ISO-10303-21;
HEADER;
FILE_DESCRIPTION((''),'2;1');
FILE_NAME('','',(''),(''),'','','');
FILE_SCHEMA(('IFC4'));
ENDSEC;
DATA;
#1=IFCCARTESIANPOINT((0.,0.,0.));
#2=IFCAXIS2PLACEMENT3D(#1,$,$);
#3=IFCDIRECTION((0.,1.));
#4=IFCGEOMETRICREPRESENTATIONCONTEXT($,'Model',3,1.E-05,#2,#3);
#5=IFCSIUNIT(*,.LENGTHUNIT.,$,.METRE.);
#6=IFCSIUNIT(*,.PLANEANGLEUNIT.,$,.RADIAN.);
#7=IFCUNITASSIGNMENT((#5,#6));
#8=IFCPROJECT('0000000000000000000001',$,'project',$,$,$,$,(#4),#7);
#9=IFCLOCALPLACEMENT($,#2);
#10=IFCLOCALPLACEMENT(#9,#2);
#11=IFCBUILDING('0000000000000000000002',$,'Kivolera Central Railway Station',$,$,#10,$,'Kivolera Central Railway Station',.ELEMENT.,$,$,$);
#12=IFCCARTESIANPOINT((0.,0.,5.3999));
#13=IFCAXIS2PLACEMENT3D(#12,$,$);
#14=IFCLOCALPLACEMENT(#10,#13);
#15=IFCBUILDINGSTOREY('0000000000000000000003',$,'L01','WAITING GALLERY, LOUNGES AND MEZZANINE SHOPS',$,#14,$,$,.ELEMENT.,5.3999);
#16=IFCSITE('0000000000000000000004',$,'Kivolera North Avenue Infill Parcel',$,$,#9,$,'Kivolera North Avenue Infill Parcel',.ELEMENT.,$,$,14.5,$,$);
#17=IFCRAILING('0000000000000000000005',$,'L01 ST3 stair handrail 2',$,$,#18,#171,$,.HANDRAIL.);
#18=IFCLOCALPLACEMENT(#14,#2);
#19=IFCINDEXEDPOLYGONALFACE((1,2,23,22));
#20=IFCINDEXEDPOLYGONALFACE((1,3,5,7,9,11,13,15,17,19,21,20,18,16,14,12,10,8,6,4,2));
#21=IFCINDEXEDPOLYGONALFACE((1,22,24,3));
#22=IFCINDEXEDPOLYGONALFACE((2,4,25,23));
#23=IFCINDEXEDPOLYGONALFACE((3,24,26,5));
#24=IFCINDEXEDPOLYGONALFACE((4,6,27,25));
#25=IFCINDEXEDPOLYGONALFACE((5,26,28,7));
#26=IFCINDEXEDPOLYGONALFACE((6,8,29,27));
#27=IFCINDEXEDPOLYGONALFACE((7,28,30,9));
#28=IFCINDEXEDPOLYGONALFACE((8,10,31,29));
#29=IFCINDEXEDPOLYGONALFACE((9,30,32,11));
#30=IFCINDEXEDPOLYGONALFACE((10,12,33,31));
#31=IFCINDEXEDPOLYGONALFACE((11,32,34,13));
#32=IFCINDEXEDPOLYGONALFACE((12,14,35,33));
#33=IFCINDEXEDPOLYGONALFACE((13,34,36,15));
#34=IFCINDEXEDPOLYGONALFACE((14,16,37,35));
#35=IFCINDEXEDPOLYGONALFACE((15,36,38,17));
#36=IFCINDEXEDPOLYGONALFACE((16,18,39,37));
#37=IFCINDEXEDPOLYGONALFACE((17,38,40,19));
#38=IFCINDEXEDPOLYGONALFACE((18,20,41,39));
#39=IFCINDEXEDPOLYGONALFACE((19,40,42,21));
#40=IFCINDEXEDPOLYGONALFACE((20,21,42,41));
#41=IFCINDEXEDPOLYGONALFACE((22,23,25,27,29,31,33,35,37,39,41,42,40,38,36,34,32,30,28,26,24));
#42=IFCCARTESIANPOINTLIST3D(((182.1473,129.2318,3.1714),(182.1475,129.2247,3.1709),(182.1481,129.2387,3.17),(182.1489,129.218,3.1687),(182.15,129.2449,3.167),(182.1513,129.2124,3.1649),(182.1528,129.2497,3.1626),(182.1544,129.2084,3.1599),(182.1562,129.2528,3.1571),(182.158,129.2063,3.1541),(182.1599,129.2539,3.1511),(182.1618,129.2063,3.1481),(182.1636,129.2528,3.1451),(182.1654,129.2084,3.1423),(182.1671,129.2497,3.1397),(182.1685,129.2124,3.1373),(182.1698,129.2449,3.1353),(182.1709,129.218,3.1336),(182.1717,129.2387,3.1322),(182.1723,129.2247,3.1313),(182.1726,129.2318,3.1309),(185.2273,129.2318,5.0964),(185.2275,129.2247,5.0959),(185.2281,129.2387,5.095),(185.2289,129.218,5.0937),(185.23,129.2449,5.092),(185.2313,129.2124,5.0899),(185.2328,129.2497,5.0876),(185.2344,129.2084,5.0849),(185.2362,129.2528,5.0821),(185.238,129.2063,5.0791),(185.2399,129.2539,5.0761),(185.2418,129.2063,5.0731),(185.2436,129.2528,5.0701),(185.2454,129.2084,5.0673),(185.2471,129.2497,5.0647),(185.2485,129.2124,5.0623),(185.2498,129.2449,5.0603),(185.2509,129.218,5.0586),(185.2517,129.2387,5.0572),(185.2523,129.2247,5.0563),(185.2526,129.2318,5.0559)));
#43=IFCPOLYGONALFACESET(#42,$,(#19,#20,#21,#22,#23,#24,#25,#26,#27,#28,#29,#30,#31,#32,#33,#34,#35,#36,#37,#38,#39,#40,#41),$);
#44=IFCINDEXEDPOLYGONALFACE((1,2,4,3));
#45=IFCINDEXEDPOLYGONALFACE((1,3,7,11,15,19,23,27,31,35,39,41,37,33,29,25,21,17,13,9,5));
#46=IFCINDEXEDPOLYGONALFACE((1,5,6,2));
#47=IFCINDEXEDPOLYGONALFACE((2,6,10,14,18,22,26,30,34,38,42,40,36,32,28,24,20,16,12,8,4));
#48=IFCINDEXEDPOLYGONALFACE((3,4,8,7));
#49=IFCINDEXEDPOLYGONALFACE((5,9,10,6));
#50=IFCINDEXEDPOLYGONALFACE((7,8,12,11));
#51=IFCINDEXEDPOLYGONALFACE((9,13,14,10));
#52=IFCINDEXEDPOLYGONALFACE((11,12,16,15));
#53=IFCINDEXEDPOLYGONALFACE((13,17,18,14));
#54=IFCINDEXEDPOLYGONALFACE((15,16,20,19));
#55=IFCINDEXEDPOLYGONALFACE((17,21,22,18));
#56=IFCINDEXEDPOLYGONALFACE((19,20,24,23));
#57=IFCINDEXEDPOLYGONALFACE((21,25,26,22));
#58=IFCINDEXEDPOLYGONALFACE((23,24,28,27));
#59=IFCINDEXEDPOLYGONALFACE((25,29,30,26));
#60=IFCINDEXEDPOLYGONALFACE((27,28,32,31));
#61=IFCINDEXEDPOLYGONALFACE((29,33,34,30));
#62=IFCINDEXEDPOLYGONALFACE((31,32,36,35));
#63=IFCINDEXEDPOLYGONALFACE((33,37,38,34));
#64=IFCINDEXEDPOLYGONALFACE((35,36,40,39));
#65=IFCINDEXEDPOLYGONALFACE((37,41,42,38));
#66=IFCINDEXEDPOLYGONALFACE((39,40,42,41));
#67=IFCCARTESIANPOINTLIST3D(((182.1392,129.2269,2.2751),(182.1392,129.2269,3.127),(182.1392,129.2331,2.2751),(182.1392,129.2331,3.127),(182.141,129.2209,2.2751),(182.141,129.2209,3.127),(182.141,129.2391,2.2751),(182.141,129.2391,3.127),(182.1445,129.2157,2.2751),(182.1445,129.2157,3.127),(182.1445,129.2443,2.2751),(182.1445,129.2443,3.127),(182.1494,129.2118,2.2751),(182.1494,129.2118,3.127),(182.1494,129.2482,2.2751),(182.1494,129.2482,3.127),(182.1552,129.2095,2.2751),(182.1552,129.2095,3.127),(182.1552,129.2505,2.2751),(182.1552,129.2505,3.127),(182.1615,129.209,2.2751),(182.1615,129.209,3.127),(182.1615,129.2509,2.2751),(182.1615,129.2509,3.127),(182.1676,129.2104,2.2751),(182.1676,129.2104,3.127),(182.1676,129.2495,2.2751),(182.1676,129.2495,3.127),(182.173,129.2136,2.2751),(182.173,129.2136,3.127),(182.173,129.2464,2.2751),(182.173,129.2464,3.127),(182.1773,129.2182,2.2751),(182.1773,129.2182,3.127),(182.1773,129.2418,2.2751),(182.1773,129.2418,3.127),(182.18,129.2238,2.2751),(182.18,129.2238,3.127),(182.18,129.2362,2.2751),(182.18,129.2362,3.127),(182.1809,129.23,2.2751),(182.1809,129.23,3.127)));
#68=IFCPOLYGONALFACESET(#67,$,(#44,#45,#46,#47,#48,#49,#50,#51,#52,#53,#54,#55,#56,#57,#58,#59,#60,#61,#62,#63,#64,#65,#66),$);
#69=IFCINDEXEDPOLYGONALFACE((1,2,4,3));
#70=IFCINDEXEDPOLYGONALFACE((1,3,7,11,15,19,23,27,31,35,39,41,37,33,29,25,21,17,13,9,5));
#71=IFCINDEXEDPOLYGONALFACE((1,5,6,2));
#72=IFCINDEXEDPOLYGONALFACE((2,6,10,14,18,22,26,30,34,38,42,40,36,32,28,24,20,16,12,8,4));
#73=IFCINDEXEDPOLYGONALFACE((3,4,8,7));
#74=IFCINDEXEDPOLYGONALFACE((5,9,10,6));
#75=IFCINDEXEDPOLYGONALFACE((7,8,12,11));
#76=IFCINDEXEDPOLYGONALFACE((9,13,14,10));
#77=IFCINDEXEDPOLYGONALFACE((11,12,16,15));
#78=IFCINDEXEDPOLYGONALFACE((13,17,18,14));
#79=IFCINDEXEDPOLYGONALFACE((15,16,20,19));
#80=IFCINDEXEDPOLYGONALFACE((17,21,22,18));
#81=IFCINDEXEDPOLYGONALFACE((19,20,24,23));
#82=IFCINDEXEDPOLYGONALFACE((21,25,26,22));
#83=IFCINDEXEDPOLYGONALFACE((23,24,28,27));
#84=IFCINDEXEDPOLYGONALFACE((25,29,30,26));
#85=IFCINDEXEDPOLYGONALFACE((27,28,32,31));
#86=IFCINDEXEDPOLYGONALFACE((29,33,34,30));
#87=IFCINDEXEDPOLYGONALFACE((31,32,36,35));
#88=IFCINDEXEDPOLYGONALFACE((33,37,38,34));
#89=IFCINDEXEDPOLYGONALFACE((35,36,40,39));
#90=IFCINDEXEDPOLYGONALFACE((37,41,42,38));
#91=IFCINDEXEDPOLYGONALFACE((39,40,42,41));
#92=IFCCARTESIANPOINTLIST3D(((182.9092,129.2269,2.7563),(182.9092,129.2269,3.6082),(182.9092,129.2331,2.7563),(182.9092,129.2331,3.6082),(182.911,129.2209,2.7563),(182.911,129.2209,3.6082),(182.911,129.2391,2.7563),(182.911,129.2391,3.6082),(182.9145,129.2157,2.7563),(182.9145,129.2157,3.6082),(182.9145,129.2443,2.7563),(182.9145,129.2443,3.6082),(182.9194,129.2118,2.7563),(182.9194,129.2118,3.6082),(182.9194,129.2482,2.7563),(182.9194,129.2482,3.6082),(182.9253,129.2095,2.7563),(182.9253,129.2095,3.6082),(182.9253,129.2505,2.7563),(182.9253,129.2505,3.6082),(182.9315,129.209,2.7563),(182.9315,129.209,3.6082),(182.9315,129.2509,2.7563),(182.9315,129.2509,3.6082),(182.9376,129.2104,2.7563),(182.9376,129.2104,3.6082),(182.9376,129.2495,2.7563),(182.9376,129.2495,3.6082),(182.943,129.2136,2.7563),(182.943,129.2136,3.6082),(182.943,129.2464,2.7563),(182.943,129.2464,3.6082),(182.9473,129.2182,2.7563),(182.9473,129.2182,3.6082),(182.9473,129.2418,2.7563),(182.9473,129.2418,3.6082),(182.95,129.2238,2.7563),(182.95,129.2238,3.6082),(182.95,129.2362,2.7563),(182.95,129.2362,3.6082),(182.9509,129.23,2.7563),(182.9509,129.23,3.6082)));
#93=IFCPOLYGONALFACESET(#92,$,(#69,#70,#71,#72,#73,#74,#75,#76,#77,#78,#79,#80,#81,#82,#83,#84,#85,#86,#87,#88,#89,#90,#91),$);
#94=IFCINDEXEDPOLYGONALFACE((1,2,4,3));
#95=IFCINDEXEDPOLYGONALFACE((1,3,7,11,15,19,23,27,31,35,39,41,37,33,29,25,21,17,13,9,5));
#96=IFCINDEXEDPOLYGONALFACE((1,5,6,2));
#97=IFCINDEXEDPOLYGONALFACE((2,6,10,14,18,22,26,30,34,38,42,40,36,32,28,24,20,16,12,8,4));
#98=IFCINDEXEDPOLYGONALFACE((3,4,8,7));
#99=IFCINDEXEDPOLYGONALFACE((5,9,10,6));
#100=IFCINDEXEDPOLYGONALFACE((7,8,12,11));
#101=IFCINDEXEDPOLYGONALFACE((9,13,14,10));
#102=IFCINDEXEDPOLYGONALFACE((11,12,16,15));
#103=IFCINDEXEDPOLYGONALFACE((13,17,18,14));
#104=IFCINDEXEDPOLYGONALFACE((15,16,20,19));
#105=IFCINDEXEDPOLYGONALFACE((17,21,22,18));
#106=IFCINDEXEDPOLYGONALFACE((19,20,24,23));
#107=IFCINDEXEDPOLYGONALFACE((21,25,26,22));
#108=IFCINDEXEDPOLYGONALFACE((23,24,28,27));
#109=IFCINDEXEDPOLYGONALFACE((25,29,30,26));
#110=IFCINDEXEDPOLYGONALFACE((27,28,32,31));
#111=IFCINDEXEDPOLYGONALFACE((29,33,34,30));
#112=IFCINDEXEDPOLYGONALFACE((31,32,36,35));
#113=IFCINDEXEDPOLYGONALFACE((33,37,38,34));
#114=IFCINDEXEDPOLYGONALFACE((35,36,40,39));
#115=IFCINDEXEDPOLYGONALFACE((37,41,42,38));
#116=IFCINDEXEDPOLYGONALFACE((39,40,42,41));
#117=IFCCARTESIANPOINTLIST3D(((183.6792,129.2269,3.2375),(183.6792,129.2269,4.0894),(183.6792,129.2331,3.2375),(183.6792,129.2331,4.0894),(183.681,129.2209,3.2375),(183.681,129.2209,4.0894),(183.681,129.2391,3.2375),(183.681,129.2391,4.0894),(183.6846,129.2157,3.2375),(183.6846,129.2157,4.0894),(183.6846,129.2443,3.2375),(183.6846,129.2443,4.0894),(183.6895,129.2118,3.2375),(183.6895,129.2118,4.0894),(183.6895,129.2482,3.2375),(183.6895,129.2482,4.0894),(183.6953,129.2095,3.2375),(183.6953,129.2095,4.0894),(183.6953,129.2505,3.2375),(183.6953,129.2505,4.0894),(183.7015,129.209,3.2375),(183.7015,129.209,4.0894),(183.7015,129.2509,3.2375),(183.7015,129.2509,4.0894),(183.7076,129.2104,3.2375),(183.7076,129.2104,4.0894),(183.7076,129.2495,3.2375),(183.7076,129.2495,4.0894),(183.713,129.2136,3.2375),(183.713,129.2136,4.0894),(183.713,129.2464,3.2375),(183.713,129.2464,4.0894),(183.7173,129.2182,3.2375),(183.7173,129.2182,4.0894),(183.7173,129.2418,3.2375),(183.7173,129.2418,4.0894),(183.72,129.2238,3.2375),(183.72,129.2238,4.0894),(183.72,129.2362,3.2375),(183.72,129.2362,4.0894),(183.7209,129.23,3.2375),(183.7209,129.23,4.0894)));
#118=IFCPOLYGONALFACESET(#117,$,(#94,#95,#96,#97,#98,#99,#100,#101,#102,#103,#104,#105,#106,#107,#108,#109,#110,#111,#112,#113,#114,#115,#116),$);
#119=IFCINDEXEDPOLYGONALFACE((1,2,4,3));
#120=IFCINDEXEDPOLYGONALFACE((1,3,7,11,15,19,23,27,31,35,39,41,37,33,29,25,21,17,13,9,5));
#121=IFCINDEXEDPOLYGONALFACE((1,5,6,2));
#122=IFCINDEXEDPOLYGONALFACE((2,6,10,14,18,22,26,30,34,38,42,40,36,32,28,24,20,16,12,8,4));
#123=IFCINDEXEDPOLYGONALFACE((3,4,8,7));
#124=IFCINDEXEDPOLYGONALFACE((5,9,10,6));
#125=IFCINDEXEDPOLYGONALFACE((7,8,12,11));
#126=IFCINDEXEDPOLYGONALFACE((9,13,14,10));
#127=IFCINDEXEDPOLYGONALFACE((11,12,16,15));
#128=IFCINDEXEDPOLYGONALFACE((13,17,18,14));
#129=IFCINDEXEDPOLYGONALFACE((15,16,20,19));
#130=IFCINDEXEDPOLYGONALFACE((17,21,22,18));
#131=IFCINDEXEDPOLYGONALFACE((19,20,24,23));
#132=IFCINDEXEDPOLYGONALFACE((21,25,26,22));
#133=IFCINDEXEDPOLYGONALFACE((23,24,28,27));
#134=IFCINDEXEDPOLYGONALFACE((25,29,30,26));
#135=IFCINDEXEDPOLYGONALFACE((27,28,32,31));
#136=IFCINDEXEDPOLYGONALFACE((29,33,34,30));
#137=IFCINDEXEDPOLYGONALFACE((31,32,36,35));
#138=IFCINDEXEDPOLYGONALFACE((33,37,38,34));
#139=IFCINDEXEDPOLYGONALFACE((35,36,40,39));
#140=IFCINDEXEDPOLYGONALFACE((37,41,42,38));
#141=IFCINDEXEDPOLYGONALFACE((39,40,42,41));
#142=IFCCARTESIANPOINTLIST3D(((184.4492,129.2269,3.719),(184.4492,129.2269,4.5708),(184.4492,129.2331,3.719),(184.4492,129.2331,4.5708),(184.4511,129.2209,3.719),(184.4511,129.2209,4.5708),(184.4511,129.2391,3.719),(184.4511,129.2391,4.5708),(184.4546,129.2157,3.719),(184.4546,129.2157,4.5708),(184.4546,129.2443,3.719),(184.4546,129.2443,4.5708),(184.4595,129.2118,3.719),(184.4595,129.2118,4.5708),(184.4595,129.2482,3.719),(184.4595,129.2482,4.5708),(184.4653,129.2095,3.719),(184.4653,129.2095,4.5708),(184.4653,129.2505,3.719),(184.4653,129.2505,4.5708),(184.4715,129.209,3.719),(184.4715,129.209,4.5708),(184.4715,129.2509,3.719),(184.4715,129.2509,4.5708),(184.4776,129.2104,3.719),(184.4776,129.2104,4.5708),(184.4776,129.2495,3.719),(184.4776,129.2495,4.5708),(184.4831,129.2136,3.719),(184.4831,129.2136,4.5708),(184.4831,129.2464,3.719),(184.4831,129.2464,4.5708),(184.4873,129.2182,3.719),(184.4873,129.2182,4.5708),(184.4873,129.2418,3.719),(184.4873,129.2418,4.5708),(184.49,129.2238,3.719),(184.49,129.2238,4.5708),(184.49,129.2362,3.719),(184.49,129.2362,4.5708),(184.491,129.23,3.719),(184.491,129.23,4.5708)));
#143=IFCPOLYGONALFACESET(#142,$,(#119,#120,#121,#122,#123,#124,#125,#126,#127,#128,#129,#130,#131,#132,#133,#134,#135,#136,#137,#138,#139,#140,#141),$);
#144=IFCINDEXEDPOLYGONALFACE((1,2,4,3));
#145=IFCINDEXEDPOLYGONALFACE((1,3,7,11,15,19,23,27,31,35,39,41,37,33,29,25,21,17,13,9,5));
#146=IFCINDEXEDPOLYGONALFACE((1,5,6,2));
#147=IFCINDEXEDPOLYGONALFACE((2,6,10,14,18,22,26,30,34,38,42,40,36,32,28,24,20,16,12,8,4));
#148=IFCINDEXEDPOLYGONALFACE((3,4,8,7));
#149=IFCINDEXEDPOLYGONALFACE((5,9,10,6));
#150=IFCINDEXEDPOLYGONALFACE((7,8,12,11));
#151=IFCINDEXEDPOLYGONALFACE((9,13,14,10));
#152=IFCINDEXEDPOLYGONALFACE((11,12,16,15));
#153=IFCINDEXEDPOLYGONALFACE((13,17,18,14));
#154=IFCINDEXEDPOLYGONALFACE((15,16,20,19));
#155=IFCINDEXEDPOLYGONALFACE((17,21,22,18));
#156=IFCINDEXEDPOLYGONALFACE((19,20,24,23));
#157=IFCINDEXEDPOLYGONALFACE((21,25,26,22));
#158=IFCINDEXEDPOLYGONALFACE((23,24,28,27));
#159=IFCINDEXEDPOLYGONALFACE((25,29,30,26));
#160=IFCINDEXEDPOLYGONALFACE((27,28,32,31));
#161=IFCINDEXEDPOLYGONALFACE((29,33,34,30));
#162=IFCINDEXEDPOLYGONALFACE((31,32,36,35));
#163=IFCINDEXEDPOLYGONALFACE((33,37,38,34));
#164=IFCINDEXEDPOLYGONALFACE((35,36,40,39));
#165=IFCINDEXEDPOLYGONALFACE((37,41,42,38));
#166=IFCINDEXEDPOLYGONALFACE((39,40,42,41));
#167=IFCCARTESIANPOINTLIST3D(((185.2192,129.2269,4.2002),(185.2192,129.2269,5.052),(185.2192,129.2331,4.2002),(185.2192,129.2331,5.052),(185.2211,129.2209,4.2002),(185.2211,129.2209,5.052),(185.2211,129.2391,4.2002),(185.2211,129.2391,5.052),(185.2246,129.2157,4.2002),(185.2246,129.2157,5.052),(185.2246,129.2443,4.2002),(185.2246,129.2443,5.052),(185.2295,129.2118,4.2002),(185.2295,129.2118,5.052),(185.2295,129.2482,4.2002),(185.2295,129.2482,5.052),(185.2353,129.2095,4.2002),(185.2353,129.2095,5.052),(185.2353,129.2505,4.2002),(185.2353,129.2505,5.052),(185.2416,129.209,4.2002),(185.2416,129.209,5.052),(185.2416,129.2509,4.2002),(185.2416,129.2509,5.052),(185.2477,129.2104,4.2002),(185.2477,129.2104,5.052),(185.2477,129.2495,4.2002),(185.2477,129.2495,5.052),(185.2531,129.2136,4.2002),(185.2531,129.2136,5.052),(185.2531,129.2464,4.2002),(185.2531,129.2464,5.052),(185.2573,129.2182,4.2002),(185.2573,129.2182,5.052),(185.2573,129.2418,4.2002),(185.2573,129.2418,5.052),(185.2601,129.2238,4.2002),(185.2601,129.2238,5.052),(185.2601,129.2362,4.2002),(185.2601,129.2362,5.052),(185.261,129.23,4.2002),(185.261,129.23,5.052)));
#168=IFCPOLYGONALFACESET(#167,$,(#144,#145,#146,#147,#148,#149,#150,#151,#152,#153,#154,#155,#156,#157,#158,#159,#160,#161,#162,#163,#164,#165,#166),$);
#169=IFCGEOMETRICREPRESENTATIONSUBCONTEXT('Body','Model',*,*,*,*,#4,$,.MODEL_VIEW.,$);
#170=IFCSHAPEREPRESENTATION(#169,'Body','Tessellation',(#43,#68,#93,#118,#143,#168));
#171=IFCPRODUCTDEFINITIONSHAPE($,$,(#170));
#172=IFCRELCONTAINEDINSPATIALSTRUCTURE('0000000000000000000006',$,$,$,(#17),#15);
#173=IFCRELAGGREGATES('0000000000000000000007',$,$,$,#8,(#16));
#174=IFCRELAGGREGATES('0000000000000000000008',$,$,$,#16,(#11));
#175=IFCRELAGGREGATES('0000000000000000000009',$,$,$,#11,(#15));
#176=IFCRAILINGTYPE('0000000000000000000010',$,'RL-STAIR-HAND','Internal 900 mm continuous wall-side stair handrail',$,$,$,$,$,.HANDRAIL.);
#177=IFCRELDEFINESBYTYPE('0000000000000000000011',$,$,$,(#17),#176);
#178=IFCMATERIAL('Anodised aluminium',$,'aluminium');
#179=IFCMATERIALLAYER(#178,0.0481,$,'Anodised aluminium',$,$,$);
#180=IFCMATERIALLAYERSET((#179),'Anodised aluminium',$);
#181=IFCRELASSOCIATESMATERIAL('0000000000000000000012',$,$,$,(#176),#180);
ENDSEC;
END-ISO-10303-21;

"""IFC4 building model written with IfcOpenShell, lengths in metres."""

from ifc_helpers import new_model, si_unit, direction, frame, origin, origin_2d, place, context, subcontext, project, spatial, circle, extrude, material, layer, layer_set, type_object, element, save


model = new_model("IFC4")

# Units and contexts
model_context = context("Model", 3, precision=1e-05, world=origin(), true_north=direction((0.0, 1.0)))
body_context = subcontext(model_context, "Body", "Model", "MODEL_VIEW")
ifc_project = project(units=[si_unit("LENGTHUNIT", "METRE"), si_unit("PLANEANGLEUNIT", "RADIAN")], contexts=[model_context])

# Site, building, storey
site_placement = place(None, origin())
site = spatial("IfcSite", under=ifc_project, at=site_placement, Name="Kivolera North Avenue Infill Parcel", LongName="Kivolera North Avenue Infill Parcel", CompositionType="ELEMENT", RefElevation=14.5)
building_placement = place(site_placement, origin())
building = spatial("IfcBuilding", under=site, at=building_placement, Name="Kivolera Central Railway Station", LongName="Kivolera Central Railway Station", CompositionType="ELEMENT")
storey_placement = place(building_placement, frame((0.0, 0.0, 5.3999)))
storey = spatial("IfcBuildingStorey", under=building, at=storey_placement, Name="L01", Description="WAITING GALLERY, LOUNGES AND MEZZANINE SHOPS", CompositionType="ELEMENT", Elevation=5.3999)

# Shared definitions
ifc_material_1 = material(Name="Anodised aluminium", Category="aluminium")

# Railing
ifc_layer_1 = layer(ifc_material_1, 0.0481, Name="Anodised aluminium")
ifc_layer_set_1 = layer_set([ifc_layer_1], Name="Anodised aluminium")
railing_type_1 = type_object("IfcRailingType", Name="RL-STAIR-HAND", Description="Internal 900 mm continuous wall-side stair handrail", PredefinedType="HANDRAIL", material=ifc_layer_set_1)
railing_1_placement = place(storey_placement, frame((182.1599, 129.23, 2.2751)))
element("IfcRailing", 1, at=railing_1_placement, inside=storey, type_object=railing_type_1, Name="L01 ST3 stair handrail 2", PredefinedType="HANDRAIL", context=body_context, shape_type="SweptSolid", body=[
    extrude(circle(Radius=0.0239, at=origin_2d()), frame((0.0, 0.0, 0.876), z_axis=(0.847998, 0.0, 0.529999), x_axis=(0.0, 1.0, 0.0)), (0.0, 0.0, 1.0), 3.6321),
    extrude(circle(Radius=0.021, at=origin_2d()), origin(), (0.0, 0.0, 1.0), 0.8518),
    extrude(circle(Radius=0.021, at=origin_2d()), frame((0.77, 0.0, 0.4812)), (0.0, 0.0, 1.0), 0.8518),
    extrude(circle(Radius=0.021, at=origin_2d()), frame((1.54, 0.0, 0.9624)), (0.0, 0.0, 1.0), 0.8518),
    extrude(circle(Radius=0.021, at=origin_2d()), frame((2.3101, 0.0, 1.4438)), (0.0, 0.0, 1.0), 0.8518),
    extrude(circle(Radius=0.021, at=origin_2d()), frame((3.0801, 0.0, 1.925)), (0.0, 0.0, 1.0), 0.8518),
])

save(model, "model.ifc")
